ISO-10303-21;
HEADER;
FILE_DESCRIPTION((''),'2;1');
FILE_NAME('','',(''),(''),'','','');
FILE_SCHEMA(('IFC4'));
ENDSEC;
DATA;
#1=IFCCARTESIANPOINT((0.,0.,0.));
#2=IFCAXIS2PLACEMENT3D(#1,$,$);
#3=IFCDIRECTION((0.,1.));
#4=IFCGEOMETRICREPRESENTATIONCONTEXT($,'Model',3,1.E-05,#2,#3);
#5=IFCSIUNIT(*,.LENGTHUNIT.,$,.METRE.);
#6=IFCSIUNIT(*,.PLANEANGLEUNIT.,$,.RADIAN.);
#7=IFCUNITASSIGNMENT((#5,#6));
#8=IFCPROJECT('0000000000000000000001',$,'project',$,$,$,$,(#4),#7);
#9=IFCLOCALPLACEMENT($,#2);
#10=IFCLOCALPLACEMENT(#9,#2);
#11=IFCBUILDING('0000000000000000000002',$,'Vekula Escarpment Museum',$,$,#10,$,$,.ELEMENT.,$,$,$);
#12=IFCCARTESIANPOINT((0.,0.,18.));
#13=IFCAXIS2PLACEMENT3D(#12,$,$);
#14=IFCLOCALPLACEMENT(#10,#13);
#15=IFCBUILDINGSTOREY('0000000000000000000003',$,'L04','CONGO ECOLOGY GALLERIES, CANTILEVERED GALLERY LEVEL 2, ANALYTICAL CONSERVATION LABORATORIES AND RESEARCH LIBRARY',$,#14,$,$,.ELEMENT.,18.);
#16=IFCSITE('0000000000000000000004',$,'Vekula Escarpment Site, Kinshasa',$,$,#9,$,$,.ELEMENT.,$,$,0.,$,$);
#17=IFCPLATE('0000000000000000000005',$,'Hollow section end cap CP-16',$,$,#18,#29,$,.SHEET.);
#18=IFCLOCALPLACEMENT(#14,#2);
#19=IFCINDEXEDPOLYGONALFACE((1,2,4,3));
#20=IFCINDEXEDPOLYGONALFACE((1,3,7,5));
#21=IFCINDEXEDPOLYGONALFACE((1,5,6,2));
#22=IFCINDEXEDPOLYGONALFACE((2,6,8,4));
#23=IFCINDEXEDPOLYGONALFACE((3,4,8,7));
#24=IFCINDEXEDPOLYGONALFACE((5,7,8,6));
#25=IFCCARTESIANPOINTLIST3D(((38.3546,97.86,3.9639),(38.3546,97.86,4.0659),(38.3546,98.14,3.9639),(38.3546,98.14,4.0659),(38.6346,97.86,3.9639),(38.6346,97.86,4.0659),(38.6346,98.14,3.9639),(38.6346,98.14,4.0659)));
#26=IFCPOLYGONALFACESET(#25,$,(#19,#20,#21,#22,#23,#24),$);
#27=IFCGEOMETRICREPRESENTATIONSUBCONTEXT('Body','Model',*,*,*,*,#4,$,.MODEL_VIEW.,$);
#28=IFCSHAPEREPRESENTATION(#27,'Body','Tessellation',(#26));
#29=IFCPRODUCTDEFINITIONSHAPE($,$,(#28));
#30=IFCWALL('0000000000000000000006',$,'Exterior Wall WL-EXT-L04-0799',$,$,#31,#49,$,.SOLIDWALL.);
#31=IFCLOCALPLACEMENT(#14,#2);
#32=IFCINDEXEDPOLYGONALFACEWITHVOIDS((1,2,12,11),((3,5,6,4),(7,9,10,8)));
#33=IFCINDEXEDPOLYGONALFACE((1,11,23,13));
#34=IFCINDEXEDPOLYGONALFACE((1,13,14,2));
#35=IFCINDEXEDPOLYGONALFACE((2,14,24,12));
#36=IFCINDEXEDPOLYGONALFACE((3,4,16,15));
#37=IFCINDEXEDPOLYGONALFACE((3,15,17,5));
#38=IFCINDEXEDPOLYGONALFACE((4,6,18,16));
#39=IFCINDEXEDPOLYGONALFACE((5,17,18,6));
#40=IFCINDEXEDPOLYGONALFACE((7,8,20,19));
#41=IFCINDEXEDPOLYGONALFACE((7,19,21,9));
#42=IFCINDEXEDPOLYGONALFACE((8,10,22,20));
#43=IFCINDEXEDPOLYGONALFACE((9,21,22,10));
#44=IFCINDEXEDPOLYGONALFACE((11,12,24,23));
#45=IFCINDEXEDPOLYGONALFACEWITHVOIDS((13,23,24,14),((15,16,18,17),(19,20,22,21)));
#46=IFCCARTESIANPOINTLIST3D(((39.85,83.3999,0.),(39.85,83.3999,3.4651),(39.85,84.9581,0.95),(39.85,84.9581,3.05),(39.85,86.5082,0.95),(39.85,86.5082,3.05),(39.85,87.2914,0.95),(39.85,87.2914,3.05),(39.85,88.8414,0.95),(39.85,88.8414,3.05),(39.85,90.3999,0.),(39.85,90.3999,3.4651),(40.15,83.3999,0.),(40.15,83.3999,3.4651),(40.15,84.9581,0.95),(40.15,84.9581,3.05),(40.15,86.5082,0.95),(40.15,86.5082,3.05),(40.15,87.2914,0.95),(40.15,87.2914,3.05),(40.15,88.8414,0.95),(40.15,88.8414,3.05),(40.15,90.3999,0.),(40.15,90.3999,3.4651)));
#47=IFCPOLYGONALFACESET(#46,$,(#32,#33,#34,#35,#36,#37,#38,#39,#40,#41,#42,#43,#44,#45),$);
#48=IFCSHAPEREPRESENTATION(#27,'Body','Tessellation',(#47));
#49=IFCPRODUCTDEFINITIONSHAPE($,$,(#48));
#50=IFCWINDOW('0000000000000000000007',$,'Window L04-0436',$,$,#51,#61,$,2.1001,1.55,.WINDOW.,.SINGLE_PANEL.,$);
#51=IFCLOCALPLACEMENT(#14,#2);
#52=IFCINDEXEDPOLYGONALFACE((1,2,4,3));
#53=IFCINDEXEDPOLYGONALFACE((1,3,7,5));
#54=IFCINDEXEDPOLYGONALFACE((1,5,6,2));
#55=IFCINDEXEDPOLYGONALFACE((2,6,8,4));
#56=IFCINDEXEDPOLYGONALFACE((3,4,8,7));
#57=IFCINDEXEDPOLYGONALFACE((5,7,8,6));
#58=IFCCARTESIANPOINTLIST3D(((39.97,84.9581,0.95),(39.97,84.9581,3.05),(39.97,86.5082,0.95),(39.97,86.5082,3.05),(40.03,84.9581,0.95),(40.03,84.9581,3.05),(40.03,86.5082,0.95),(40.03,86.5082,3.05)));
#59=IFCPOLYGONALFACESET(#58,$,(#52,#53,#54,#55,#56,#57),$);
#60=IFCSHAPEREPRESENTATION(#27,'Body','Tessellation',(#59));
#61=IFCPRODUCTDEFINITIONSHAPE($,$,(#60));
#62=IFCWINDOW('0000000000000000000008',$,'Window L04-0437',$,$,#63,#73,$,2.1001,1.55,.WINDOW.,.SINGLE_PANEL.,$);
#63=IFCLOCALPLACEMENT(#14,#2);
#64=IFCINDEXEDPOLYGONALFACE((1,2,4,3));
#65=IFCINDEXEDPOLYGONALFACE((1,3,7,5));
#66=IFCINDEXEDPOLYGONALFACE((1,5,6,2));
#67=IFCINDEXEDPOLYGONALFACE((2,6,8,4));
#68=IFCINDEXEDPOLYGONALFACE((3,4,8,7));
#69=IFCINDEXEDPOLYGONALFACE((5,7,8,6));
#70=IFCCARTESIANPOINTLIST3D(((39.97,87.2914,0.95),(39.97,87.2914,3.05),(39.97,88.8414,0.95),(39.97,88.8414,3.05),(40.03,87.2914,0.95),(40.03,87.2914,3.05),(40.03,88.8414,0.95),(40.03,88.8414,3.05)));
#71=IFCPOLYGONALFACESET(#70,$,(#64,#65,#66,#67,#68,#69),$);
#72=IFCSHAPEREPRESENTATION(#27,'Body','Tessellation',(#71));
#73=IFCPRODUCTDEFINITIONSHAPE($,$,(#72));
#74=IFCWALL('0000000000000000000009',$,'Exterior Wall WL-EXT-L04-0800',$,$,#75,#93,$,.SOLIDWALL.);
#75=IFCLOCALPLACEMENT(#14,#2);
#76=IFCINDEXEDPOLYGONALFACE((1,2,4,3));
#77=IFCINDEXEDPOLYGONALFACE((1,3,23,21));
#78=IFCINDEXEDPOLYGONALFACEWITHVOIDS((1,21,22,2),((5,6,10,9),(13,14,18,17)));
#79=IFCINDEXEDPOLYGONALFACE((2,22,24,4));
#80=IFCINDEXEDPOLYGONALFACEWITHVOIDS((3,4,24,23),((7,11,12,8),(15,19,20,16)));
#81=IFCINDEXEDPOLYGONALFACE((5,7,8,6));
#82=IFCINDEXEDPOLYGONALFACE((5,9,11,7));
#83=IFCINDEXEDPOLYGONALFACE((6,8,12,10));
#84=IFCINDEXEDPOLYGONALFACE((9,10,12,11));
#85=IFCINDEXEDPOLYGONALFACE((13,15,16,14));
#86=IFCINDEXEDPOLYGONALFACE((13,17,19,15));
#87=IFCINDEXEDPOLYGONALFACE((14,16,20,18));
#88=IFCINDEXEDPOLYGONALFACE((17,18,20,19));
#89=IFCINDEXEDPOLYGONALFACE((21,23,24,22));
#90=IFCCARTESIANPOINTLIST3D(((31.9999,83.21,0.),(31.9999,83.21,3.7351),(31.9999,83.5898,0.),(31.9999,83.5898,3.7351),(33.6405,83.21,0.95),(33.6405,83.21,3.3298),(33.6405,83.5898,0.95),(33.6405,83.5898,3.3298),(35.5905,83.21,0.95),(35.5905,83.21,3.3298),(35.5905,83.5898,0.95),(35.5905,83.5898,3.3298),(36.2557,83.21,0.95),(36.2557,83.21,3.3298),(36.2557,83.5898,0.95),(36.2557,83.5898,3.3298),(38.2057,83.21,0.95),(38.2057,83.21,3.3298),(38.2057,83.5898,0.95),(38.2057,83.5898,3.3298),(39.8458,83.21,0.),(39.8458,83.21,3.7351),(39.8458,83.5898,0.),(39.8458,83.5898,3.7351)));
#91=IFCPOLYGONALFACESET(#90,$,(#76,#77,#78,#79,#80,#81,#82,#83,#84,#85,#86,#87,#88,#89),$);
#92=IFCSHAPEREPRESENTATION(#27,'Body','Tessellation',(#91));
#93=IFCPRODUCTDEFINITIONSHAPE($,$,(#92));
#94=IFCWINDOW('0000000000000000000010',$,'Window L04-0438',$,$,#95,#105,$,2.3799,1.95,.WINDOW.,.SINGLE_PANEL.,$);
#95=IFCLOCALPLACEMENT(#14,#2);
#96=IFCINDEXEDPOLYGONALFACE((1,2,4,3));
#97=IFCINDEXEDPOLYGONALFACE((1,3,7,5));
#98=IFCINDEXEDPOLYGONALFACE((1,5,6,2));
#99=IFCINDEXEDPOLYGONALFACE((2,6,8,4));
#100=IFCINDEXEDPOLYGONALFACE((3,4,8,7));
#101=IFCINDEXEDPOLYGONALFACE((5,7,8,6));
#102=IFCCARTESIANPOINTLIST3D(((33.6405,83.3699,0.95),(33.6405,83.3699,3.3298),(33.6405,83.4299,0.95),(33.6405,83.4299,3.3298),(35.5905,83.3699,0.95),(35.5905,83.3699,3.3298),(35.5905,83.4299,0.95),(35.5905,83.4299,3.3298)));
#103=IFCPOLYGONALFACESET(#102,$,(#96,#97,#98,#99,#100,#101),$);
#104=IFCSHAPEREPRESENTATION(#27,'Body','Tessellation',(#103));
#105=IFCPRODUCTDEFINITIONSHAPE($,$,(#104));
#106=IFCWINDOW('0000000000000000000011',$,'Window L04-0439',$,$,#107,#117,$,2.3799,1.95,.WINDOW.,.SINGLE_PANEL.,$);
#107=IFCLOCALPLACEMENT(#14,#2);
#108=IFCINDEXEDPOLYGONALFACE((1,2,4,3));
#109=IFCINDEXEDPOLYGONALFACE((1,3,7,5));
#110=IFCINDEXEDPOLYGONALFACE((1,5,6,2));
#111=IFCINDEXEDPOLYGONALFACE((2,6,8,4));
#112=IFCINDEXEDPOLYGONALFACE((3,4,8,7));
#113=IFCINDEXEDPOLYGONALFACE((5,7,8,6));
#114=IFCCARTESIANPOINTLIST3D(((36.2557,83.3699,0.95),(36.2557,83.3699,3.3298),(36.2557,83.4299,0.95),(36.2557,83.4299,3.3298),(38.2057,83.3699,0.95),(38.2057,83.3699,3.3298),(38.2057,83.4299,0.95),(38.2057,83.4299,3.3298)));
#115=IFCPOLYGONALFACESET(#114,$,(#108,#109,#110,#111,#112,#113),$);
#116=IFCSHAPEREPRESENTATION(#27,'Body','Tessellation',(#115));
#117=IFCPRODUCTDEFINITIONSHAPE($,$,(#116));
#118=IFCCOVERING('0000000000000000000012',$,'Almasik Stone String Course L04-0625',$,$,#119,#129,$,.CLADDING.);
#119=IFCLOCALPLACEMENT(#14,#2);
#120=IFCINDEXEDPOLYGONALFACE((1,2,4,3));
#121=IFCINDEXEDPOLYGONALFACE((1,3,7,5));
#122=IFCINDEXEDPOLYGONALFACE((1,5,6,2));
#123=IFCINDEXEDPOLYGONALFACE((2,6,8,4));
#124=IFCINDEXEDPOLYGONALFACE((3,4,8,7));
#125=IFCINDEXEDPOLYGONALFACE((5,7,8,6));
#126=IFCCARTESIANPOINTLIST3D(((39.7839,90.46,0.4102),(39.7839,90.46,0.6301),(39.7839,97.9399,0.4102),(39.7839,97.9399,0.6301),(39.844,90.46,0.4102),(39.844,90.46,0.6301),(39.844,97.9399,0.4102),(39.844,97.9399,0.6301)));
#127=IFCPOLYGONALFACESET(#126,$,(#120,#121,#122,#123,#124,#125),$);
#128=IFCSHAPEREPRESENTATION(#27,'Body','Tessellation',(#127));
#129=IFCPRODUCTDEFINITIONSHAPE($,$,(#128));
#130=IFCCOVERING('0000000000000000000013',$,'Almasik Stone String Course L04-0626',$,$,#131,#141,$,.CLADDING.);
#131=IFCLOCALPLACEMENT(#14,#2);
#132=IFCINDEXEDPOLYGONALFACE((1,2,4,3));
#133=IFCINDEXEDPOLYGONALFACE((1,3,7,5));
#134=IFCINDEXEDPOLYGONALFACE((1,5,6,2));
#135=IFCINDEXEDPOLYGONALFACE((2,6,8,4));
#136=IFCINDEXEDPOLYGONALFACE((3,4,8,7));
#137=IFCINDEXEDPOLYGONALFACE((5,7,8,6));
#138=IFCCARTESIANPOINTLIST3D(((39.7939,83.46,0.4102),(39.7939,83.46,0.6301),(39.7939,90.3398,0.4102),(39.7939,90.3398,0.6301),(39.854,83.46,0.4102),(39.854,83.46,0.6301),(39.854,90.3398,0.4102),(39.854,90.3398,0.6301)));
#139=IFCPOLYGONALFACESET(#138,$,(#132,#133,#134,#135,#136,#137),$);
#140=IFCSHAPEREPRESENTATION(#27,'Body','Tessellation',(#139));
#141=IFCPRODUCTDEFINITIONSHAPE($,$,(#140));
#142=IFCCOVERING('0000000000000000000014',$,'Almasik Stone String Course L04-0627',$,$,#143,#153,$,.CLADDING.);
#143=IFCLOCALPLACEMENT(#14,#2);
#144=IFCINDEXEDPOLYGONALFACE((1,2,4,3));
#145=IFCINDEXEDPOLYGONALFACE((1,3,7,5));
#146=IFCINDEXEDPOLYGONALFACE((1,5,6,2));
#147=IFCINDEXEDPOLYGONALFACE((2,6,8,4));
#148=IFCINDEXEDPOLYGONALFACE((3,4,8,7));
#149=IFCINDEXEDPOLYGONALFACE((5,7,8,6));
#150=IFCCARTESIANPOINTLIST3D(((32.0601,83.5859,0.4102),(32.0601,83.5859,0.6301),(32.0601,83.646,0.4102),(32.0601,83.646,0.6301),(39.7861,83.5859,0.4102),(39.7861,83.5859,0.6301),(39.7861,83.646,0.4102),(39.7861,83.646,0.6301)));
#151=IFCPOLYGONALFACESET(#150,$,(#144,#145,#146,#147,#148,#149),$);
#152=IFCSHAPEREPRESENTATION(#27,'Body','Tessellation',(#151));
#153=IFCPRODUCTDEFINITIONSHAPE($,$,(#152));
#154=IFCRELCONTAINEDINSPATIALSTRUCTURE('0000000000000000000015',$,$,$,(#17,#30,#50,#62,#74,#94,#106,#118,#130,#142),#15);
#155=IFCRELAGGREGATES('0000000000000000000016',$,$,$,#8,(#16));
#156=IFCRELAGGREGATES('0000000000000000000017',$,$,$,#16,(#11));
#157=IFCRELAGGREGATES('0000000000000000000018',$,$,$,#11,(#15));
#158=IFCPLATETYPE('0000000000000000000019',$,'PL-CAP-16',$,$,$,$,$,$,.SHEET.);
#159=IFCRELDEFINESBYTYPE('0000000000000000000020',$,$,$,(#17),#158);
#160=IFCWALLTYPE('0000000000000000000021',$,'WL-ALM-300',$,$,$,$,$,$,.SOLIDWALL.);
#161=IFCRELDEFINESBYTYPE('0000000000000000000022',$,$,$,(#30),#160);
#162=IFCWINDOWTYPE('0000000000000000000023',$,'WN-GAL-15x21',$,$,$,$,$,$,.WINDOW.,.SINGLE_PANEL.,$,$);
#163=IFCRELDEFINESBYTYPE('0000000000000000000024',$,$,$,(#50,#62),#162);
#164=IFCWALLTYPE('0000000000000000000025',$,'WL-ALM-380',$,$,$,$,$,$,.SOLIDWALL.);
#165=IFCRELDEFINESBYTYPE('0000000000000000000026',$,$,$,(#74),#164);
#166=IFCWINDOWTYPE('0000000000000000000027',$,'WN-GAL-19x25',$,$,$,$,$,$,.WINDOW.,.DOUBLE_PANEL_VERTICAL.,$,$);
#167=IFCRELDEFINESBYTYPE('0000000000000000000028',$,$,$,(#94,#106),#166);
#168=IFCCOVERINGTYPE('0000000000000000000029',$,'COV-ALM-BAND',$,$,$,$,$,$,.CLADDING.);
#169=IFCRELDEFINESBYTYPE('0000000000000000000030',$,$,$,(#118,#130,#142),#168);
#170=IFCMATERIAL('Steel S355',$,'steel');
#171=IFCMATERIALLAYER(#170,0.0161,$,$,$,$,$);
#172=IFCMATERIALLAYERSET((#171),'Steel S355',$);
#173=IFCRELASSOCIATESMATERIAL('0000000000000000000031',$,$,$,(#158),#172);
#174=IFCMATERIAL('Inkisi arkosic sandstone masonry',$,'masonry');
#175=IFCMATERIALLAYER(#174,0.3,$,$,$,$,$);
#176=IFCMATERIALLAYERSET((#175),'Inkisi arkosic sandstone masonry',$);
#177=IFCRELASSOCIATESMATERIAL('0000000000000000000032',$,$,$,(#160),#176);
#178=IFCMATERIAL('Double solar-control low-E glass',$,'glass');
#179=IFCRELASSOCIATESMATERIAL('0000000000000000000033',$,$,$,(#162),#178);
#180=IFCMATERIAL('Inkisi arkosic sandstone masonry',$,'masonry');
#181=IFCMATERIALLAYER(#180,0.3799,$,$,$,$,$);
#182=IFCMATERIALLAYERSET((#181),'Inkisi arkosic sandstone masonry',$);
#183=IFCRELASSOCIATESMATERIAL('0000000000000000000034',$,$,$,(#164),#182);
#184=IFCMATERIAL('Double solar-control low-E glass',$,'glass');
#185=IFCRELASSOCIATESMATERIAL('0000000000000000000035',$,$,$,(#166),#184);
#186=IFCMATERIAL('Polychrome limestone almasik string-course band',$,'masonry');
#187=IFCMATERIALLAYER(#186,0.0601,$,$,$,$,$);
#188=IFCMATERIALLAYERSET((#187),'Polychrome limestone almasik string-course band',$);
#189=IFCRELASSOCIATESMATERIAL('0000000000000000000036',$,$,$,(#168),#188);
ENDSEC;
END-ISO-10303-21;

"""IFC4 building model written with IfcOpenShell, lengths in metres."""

from ifc_helpers import new_model, si_unit, direction, frame, frame_2d, origin, origin_2d, place, context, subcontext, project, spatial, rectangle, extrude, material, layer, layer_set, type_object, element, fill, save


model = new_model("IFC4")

# Units and contexts
model_context = context("Model", 3, precision=1e-05, world=origin(), true_north=direction((0.0, 1.0)))
body_context = subcontext(model_context, "Body", "Model", "MODEL_VIEW")
ifc_project = project(units=[si_unit("LENGTHUNIT", "METRE"), si_unit("PLANEANGLEUNIT", "RADIAN")], contexts=[model_context])

# Site, building, storey
site_placement = place(None, origin())
site = spatial("IfcSite", under=ifc_project, at=site_placement, Name="Vekula Escarpment Site, Kinshasa", CompositionType="ELEMENT", RefElevation=0.0)
building_placement = place(site_placement, origin())
building = spatial("IfcBuilding", under=site, at=building_placement, Name="Vekula Escarpment Museum", CompositionType="ELEMENT")
storey_placement = place(building_placement, frame((0.0, 0.0, 18.0)))
storey = spatial("IfcBuildingStorey", under=building, at=storey_placement, Name="L04", Description="CONGO ECOLOGY GALLERIES, CANTILEVERED GALLERY LEVEL 2, ANALYTICAL CONSERVATION LABORATORIES AND RESEARCH LIBRARY", CompositionType="ELEMENT", Elevation=18.0)

# Plate
ifc_material_1 = material(Name="Steel S355", Category="steel")
ifc_layer_1 = layer(ifc_material_1, 0.0161)
ifc_layer_set_1 = layer_set([ifc_layer_1], Name="Steel S355")
plate_type = type_object("IfcPlateType", Name="PL-CAP-16", PredefinedType="SHEET", material=ifc_layer_set_1)
for number, where, z_axis, x_axis, name in (
    (1, (38.4946, 98.0, 3.9639), (0.0, 0.0, 1.0), (1.0, 0.0, 0.0), "Hollow section end cap CP-16"),
):
    element("IfcPlate", number, at=place(storey_placement, frame(where, z_axis=z_axis, x_axis=x_axis)), inside=storey, type_object=plate_type, Name=name, PredefinedType="SHEET", context=body_context, shape_type="SweptSolid", body=[
        extrude(rectangle(XDim=0.28, YDim=0.28, at=origin_2d()), origin(), (0.0, 0.0, 1.0), 0.1021),
    ])

# Walls, openings, windows
ifc_material_2 = material(Name="Inkisi arkosic sandstone masonry", Category="masonry")
ifc_layer_2 = layer(ifc_material_2, 0.3)
ifc_layer_set_2 = layer_set([ifc_layer_2], Name="Inkisi arkosic sandstone masonry")
wall_type_1 = type_object("IfcWallType", Name="WL-ALM-300", PredefinedType="SOLIDWALL", material=ifc_layer_set_2)
wall_1_placement = place(storey_placement, frame((40.0, 83.3999, 0.0), z_axis=(0.0, 0.0, 1.0), x_axis=(0.0, 1.0, 0.0)))
wall_1 = element("IfcWall", 2, at=wall_1_placement, inside=storey, type_object=wall_type_1, Name="Exterior Wall WL-EXT-L04-0799", PredefinedType="SOLIDWALL", context=body_context, shape_type="SweptSolid", body=[
    extrude(rectangle(XDim=7.0, YDim=0.3, at=frame_2d((3.5, 0.0))), origin(), (0.0, 0.0, 1.0), 3.4651),
])
opening_1_placement = place(wall_1_placement, frame((1.5583, 0.0, 0.95)))
opening_1 = element("IfcOpeningElement", 3, at=opening_1_placement, cuts=wall_1, PredefinedType="OPENING", context=body_context, shape_type="SweptSolid", body=[
    extrude(rectangle(XDim=1.55, YDim=2.1001, at=frame_2d((0.7749, 1.05))), frame((0.0, 0.1599, 0.0), z_axis=(0.0, -1.0, 0.0), x_axis=(1.0, 0.0, 0.0)), (0.0, 0.0, 1.0), 0.3201),
])
opening_2_placement = place(wall_1_placement, frame((3.8916, 0.0, 0.95)))
opening_2 = element("IfcOpeningElement", 4, at=opening_2_placement, cuts=wall_1, PredefinedType="OPENING", context=body_context, shape_type="SweptSolid", body=[
    extrude(rectangle(XDim=1.55, YDim=2.1001, at=frame_2d((0.7749, 1.05))), frame((0.0, 0.1599, 0.0), z_axis=(0.0, -1.0, 0.0), x_axis=(1.0, 0.0, 0.0)), (0.0, 0.0, 1.0), 0.3201),
])
ifc_material_3 = material(Name="Double solar-control low-E glass", Category="glass")
window_type_1 = type_object("IfcWindowType", Name="WN-GAL-15x21", PartitioningType="SINGLE_PANEL", PredefinedType="WINDOW", material=ifc_material_3)
window_1_placement = place(opening_1_placement, origin())
window_1 = element("IfcWindow", 5, at=window_1_placement, inside=storey, type_object=window_type_1, Name="Window L04-0436", OverallHeight=2.1001, OverallWidth=1.55, PartitioningType="SINGLE_PANEL", PredefinedType="WINDOW", context=body_context, shape_type="SweptSolid", body=[
    extrude(rectangle(XDim=1.55, YDim=2.1001, at=frame_2d((0.7749, 1.05))), frame((0.0, 0.03, 0.0), z_axis=(0.0, -1.0, 0.0), x_axis=(1.0, 0.0, 0.0)), (0.0, 0.0, 1.0), 0.0601),
])
fill(opening_1, window_1)
window_2_placement = place(opening_2_placement, origin())
window_2 = element("IfcWindow", 6, at=window_2_placement, inside=storey, type_object=window_type_1, Name="Window L04-0437", OverallHeight=2.1001, OverallWidth=1.55, PartitioningType="SINGLE_PANEL", PredefinedType="WINDOW", context=body_context, shape_type="SweptSolid", body=[
    extrude(rectangle(XDim=1.55, YDim=2.1001, at=frame_2d((0.7749, 1.05))), frame((0.0, 0.03, 0.0), z_axis=(0.0, -1.0, 0.0), x_axis=(1.0, 0.0, 0.0)), (0.0, 0.0, 1.0), 0.0601),
])
fill(opening_2, window_2)
ifc_material_4 = material(Name="Inkisi arkosic sandstone masonry", Category="masonry")
ifc_layer_3 = layer(ifc_material_4, 0.3799)
ifc_layer_set_3 = layer_set([ifc_layer_3], Name="Inkisi arkosic sandstone masonry")
wall_type_2 = type_object("IfcWallType", Name="WL-ALM-380", PredefinedType="SOLIDWALL", material=ifc_layer_set_3)
wall_2_placement = place(storey_placement, frame((32.0, 83.3999, 0.0), z_axis=(0.0, 0.0, 1.0), x_axis=(1.0, 0.0, 0.0)))
wall_2 = element("IfcWall", 7, at=wall_2_placement, inside=storey, type_object=wall_type_2, Name="Exterior Wall WL-EXT-L04-0800", PredefinedType="SOLIDWALL", context=body_context, shape_type="SweptSolid", body=[
    extrude(rectangle(XDim=7.8459, YDim=0.3799, at=frame_2d((3.9229, 0.0))), origin(), (0.0, 0.0, 1.0), 3.7351),
])
opening_3_placement = place(wall_2_placement, frame((1.6404, 0.0, 0.95)))
opening_3 = element("IfcOpeningElement", 8, at=opening_3_placement, cuts=wall_2, PredefinedType="OPENING", context=body_context, shape_type="SweptSolid", body=[
    extrude(rectangle(XDim=1.95, YDim=2.3799, at=frame_2d((0.9751, 1.1899))), frame((0.0, 0.2, 0.0), z_axis=(0.0, -1.0, 0.0), x_axis=(1.0, 0.0, 0.0)), (0.0, 0.0, 1.0), 0.3999),
])
opening_4_placement = place(wall_2_placement, frame((4.2556, 0.0, 0.95)))
opening_4 = element("IfcOpeningElement", 9, at=opening_4_placement, cuts=wall_2, PredefinedType="OPENING", context=body_context, shape_type="SweptSolid", body=[
    extrude(rectangle(XDim=1.95, YDim=2.3799, at=frame_2d((0.9751, 1.1899))), frame((0.0, 0.2, 0.0), z_axis=(0.0, -1.0, 0.0), x_axis=(1.0, 0.0, 0.0)), (0.0, 0.0, 1.0), 0.3999),
])
ifc_material_5 = material(Name="Double solar-control low-E glass", Category="glass")
window_type_2 = type_object("IfcWindowType", Name="WN-GAL-19x25", PartitioningType="DOUBLE_PANEL_VERTICAL", PredefinedType="WINDOW", material=ifc_material_5)
window_3_placement = place(opening_3_placement, origin())
window_3 = element("IfcWindow", 10, at=window_3_placement, inside=storey, type_object=window_type_2, Name="Window L04-0438", OverallHeight=2.3799, OverallWidth=1.95, PartitioningType="SINGLE_PANEL", PredefinedType="WINDOW", context=body_context, shape_type="SweptSolid", body=[
    extrude(rectangle(XDim=1.95, YDim=2.3799, at=frame_2d((0.9751, 1.1899))), frame((0.0, 0.03, 0.0), z_axis=(0.0, -1.0, 0.0), x_axis=(1.0, 0.0, 0.0)), (0.0, 0.0, 1.0), 0.0601),
])
fill(opening_3, window_3)
window_4_placement = place(opening_4_placement, origin())
window_4 = element("IfcWindow", 11, at=window_4_placement, inside=storey, type_object=window_type_2, Name="Window L04-0439", OverallHeight=2.3799, OverallWidth=1.95, PartitioningType="SINGLE_PANEL", PredefinedType="WINDOW", context=body_context, shape_type="SweptSolid", body=[
    extrude(rectangle(XDim=1.95, YDim=2.3799, at=frame_2d((0.9751, 1.1899))), frame((0.0, 0.03, 0.0), z_axis=(0.0, -1.0, 0.0), x_axis=(1.0, 0.0, 0.0)), (0.0, 0.0, 1.0), 0.0601),
])
fill(opening_4, window_4)

# Coverings
ifc_material_6 = material(Name="Polychrome limestone almasik string-course band", Category="masonry")
ifc_layer_4 = layer(ifc_material_6, 0.0601)
ifc_layer_set_4 = layer_set([ifc_layer_4], Name="Polychrome limestone almasik string-course band")
covering_type = type_object("IfcCoveringType", Name="COV-ALM-BAND", PredefinedType="CLADDING", material=ifc_layer_set_4)
covering_1_placement = place(storey_placement, frame((39.814, 94.2, 0.4102), z_axis=(0.0, 0.0, 1.0), x_axis=(0.0, 1.0, 0.0)))
element("IfcCovering", 12, at=covering_1_placement, inside=storey, type_object=covering_type, Name="Almasik Stone String Course L04-0625", PredefinedType="CLADDING", context=body_context, shape_type="SweptSolid", body=[
    extrude(rectangle(XDim=7.48, YDim=0.0601, at=origin_2d()), origin(), (0.0, 0.0, 1.0), 0.22),
])
covering_2_placement = place(storey_placement, frame((39.824, 86.8999, 0.4102), z_axis=(0.0, 0.0, 1.0), x_axis=(0.0, 1.0, 0.0)))
element("IfcCovering", 13, at=covering_2_placement, inside=storey, type_object=covering_type, Name="Almasik Stone String Course L04-0626", PredefinedType="CLADDING", context=body_context, shape_type="SweptSolid", body=[
    extrude(rectangle(XDim=6.8799, YDim=0.0601, at=origin_2d()), origin(), (0.0, 0.0, 1.0), 0.22),
])
covering_3_placement = place(storey_placement, frame((35.9231, 83.616, 0.4102), z_axis=(0.0, 0.0, 1.0), x_axis=(1.0, 0.0, 0.0)))
element("IfcCovering", 14, at=covering_3_placement, inside=storey, type_object=covering_type, Name="Almasik Stone String Course L04-0627", PredefinedType="CLADDING", context=body_context, shape_type="SweptSolid", body=[
    extrude(rectangle(XDim=7.7261, YDim=0.0601, at=origin_2d()), origin(), (0.0, 0.0, 1.0), 0.22),
])

save(model, "model.ifc")
